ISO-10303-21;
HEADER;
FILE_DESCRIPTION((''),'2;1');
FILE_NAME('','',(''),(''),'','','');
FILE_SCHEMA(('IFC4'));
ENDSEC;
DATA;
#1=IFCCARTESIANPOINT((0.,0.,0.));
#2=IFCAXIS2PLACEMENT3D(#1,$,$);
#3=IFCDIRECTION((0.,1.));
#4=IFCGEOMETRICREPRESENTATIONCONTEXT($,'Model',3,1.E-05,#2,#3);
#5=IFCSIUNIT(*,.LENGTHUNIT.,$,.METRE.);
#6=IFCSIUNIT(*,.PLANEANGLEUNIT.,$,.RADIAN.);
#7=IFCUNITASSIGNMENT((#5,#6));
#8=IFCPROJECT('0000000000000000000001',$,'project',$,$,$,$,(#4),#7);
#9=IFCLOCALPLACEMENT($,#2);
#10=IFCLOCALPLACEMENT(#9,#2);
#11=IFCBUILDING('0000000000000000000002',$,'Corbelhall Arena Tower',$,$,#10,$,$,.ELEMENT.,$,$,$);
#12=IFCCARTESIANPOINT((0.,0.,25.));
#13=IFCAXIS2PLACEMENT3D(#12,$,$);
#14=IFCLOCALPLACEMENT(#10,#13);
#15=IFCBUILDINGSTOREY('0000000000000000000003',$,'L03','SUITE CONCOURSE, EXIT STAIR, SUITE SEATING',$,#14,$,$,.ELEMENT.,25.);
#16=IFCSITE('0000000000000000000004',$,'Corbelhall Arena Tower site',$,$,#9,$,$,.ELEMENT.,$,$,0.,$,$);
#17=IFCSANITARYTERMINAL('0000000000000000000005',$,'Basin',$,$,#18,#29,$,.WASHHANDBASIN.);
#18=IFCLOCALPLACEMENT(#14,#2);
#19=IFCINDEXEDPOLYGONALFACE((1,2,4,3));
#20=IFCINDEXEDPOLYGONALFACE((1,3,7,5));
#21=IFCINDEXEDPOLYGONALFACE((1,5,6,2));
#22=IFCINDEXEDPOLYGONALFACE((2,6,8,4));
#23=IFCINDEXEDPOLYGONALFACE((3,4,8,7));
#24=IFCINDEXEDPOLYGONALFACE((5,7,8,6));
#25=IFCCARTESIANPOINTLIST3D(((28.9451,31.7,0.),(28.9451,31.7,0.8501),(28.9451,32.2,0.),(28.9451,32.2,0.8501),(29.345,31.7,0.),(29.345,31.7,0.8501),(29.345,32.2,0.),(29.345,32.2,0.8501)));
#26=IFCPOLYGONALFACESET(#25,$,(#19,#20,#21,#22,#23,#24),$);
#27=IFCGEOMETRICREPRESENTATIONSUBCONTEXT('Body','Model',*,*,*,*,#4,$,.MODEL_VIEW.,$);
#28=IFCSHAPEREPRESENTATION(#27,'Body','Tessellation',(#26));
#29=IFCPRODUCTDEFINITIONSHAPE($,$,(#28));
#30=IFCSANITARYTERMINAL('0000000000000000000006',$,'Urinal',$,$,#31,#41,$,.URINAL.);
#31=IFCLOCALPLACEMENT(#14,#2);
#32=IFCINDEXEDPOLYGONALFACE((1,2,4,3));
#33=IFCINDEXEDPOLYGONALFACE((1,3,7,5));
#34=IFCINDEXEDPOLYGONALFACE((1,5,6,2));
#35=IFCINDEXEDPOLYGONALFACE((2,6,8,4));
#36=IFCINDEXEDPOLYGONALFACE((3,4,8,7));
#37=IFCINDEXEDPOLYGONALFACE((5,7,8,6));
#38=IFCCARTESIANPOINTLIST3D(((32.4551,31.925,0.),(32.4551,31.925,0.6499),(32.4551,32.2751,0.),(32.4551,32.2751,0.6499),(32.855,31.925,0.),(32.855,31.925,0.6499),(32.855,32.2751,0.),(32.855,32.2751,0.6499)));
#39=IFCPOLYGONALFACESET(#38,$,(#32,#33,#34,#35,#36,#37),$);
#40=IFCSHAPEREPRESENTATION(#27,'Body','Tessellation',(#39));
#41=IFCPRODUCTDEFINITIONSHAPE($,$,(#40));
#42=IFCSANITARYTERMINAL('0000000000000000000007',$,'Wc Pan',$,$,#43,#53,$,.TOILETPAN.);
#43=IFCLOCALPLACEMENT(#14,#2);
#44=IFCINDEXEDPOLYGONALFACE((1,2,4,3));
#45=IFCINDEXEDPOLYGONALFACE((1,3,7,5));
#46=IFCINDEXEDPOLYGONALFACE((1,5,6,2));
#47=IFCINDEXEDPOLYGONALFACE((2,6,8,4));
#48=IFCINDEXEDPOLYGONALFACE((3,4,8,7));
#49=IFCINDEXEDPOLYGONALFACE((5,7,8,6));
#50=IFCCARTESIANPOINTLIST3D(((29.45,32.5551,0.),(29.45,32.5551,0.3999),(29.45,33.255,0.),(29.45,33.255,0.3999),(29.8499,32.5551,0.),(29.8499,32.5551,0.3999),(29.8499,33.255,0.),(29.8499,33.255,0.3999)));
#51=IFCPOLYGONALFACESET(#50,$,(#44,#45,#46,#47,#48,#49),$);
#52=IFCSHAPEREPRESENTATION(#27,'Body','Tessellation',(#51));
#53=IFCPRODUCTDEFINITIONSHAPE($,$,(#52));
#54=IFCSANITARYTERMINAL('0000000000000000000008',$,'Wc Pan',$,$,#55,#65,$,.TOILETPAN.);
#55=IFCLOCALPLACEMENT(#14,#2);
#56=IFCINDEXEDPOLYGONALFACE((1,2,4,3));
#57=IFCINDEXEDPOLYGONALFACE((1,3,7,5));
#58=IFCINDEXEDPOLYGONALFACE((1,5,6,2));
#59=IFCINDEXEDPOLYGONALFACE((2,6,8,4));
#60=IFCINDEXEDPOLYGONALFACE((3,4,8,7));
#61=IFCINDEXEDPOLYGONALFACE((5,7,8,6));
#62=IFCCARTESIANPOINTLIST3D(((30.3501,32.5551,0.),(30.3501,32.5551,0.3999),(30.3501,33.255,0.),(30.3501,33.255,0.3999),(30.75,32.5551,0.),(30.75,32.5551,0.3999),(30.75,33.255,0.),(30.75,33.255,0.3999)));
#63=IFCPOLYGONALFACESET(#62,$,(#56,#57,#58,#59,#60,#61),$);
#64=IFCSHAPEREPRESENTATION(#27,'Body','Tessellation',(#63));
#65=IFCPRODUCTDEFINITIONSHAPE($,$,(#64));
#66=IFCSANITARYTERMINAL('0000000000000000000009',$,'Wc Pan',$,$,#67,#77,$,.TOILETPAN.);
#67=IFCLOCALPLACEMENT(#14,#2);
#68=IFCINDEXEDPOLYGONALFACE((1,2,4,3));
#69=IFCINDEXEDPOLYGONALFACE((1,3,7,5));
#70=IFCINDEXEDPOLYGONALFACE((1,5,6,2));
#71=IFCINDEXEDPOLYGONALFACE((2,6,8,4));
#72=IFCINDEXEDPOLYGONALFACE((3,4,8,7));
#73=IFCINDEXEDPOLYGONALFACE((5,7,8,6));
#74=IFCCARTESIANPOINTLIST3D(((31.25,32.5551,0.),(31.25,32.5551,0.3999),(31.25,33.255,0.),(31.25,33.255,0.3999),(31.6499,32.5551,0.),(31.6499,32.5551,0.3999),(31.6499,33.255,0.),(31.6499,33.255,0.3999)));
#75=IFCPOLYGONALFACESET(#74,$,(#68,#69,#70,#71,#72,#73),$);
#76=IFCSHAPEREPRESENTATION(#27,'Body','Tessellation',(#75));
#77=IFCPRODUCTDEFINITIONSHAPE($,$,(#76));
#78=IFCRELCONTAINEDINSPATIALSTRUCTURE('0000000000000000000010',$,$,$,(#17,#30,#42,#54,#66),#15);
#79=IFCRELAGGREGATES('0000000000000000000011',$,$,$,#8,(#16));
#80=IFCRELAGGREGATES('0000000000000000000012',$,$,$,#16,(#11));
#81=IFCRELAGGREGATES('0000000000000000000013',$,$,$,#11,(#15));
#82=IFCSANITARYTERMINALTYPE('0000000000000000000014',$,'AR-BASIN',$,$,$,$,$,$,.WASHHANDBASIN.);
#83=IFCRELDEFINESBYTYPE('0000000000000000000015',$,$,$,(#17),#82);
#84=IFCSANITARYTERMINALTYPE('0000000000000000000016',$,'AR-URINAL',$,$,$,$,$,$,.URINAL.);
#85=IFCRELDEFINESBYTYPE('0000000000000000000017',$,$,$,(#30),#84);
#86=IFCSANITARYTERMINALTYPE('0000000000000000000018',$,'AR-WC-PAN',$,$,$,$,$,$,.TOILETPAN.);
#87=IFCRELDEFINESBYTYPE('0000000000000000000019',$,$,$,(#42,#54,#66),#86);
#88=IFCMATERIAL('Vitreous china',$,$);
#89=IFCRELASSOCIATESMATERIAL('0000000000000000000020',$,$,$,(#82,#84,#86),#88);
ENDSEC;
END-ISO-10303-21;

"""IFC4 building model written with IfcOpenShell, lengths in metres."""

from ifc_helpers import new_model, si_unit, direction, frame, origin, origin_2d, place, context, subcontext, project, spatial, rectangle, extrude, material, type_object, element, save


model = new_model("IFC4")

# Units and contexts
model_context = context("Model", 3, precision=1e-05, world=origin(), true_north=direction((0.0, 1.0)))
body_context = subcontext(model_context, "Body", "Model", "MODEL_VIEW")
ifc_project = project(units=[si_unit("LENGTHUNIT", "METRE"), si_unit("PLANEANGLEUNIT", "RADIAN")], contexts=[model_context])

# Site, building, storey
site_placement = place(None, origin())
site = spatial("IfcSite", under=ifc_project, at=site_placement, Name="Corbelhall Arena Tower site", CompositionType="ELEMENT", RefElevation=0.0)
building_placement = place(site_placement, origin())
building = spatial("IfcBuilding", under=site, at=building_placement, Name="Corbelhall Arena Tower", CompositionType="ELEMENT")
storey_placement = place(building_placement, frame((0.0, 0.0, 25.0)))
storey = spatial("IfcBuildingStorey", under=building, at=storey_placement, Name="L03", Description="SUITE CONCOURSE, EXIT STAIR, SUITE SEATING", CompositionType="ELEMENT", Elevation=25.0)

# Sanitary terminals
ifc_material_1 = material(Name="Vitreous china")
sanitary_terminal_type_1 = type_object("IfcSanitaryTerminalType", Name="AR-BASIN", PredefinedType="WASHHANDBASIN", material=ifc_material_1)
sanitary_terminal_1_placement = place(storey_placement, frame((29.145, 31.95, 0.0), z_axis=(0.0, 0.0, 1.0), x_axis=(1.0, 0.0, 0.0)))
element("IfcSanitaryTerminal", 1, at=sanitary_terminal_1_placement, inside=storey, type_object=sanitary_terminal_type_1, Name="Basin", PredefinedType="WASHHANDBASIN", context=body_context, shape_type="SweptSolid", body=[
    extrude(rectangle(XDim=0.3999, YDim=0.5, at=origin_2d()), origin(), (0.0, 0.0, 1.0), 0.8501),
])
sanitary_terminal_type_2 = type_object("IfcSanitaryTerminalType", Name="AR-URINAL", PredefinedType="URINAL", material=ifc_material_1)
sanitary_terminal_2_placement = place(storey_placement, frame((32.655, 32.1001, 0.0), z_axis=(0.0, 0.0, 1.0), x_axis=(1.0, 0.0, 0.0)))
element("IfcSanitaryTerminal", 2, at=sanitary_terminal_2_placement, inside=storey, type_object=sanitary_terminal_type_2, Name="Urinal", PredefinedType="URINAL", context=body_context, shape_type="SweptSolid", body=[
    extrude(rectangle(XDim=0.3999, YDim=0.3501, at=origin_2d()), origin(), (0.0, 0.0, 1.0), 0.6499),
])
sanitary_terminal_type_3 = type_object("IfcSanitaryTerminalType", Name="AR-WC-PAN", PredefinedType="TOILETPAN", material=ifc_material_1)
for number, where, z_axis, x_axis, name in (
    (3, (29.6499, 32.905, 0.0), (0.0, 0.0, 1.0), (1.0, 0.0, 0.0), "Wc Pan"),
    (4, (30.55, 32.905, 0.0), (0.0, 0.0, 1.0), (1.0, 0.0, 0.0), "Wc Pan"),
    (5, (31.45, 32.905, 0.0), (0.0, 0.0, 1.0), (1.0, 0.0, 0.0), "Wc Pan"),
):
    element("IfcSanitaryTerminal", number, at=place(storey_placement, frame(where, z_axis=z_axis, x_axis=x_axis)), inside=storey, type_object=sanitary_terminal_type_3, Name=name, PredefinedType="TOILETPAN", context=body_context, shape_type="SweptSolid", body=[
        extrude(rectangle(XDim=0.3999, YDim=0.7, at=origin_2d()), origin(), (0.0, 0.0, 1.0), 0.3999),
    ])

save(model, "model.ifc")
